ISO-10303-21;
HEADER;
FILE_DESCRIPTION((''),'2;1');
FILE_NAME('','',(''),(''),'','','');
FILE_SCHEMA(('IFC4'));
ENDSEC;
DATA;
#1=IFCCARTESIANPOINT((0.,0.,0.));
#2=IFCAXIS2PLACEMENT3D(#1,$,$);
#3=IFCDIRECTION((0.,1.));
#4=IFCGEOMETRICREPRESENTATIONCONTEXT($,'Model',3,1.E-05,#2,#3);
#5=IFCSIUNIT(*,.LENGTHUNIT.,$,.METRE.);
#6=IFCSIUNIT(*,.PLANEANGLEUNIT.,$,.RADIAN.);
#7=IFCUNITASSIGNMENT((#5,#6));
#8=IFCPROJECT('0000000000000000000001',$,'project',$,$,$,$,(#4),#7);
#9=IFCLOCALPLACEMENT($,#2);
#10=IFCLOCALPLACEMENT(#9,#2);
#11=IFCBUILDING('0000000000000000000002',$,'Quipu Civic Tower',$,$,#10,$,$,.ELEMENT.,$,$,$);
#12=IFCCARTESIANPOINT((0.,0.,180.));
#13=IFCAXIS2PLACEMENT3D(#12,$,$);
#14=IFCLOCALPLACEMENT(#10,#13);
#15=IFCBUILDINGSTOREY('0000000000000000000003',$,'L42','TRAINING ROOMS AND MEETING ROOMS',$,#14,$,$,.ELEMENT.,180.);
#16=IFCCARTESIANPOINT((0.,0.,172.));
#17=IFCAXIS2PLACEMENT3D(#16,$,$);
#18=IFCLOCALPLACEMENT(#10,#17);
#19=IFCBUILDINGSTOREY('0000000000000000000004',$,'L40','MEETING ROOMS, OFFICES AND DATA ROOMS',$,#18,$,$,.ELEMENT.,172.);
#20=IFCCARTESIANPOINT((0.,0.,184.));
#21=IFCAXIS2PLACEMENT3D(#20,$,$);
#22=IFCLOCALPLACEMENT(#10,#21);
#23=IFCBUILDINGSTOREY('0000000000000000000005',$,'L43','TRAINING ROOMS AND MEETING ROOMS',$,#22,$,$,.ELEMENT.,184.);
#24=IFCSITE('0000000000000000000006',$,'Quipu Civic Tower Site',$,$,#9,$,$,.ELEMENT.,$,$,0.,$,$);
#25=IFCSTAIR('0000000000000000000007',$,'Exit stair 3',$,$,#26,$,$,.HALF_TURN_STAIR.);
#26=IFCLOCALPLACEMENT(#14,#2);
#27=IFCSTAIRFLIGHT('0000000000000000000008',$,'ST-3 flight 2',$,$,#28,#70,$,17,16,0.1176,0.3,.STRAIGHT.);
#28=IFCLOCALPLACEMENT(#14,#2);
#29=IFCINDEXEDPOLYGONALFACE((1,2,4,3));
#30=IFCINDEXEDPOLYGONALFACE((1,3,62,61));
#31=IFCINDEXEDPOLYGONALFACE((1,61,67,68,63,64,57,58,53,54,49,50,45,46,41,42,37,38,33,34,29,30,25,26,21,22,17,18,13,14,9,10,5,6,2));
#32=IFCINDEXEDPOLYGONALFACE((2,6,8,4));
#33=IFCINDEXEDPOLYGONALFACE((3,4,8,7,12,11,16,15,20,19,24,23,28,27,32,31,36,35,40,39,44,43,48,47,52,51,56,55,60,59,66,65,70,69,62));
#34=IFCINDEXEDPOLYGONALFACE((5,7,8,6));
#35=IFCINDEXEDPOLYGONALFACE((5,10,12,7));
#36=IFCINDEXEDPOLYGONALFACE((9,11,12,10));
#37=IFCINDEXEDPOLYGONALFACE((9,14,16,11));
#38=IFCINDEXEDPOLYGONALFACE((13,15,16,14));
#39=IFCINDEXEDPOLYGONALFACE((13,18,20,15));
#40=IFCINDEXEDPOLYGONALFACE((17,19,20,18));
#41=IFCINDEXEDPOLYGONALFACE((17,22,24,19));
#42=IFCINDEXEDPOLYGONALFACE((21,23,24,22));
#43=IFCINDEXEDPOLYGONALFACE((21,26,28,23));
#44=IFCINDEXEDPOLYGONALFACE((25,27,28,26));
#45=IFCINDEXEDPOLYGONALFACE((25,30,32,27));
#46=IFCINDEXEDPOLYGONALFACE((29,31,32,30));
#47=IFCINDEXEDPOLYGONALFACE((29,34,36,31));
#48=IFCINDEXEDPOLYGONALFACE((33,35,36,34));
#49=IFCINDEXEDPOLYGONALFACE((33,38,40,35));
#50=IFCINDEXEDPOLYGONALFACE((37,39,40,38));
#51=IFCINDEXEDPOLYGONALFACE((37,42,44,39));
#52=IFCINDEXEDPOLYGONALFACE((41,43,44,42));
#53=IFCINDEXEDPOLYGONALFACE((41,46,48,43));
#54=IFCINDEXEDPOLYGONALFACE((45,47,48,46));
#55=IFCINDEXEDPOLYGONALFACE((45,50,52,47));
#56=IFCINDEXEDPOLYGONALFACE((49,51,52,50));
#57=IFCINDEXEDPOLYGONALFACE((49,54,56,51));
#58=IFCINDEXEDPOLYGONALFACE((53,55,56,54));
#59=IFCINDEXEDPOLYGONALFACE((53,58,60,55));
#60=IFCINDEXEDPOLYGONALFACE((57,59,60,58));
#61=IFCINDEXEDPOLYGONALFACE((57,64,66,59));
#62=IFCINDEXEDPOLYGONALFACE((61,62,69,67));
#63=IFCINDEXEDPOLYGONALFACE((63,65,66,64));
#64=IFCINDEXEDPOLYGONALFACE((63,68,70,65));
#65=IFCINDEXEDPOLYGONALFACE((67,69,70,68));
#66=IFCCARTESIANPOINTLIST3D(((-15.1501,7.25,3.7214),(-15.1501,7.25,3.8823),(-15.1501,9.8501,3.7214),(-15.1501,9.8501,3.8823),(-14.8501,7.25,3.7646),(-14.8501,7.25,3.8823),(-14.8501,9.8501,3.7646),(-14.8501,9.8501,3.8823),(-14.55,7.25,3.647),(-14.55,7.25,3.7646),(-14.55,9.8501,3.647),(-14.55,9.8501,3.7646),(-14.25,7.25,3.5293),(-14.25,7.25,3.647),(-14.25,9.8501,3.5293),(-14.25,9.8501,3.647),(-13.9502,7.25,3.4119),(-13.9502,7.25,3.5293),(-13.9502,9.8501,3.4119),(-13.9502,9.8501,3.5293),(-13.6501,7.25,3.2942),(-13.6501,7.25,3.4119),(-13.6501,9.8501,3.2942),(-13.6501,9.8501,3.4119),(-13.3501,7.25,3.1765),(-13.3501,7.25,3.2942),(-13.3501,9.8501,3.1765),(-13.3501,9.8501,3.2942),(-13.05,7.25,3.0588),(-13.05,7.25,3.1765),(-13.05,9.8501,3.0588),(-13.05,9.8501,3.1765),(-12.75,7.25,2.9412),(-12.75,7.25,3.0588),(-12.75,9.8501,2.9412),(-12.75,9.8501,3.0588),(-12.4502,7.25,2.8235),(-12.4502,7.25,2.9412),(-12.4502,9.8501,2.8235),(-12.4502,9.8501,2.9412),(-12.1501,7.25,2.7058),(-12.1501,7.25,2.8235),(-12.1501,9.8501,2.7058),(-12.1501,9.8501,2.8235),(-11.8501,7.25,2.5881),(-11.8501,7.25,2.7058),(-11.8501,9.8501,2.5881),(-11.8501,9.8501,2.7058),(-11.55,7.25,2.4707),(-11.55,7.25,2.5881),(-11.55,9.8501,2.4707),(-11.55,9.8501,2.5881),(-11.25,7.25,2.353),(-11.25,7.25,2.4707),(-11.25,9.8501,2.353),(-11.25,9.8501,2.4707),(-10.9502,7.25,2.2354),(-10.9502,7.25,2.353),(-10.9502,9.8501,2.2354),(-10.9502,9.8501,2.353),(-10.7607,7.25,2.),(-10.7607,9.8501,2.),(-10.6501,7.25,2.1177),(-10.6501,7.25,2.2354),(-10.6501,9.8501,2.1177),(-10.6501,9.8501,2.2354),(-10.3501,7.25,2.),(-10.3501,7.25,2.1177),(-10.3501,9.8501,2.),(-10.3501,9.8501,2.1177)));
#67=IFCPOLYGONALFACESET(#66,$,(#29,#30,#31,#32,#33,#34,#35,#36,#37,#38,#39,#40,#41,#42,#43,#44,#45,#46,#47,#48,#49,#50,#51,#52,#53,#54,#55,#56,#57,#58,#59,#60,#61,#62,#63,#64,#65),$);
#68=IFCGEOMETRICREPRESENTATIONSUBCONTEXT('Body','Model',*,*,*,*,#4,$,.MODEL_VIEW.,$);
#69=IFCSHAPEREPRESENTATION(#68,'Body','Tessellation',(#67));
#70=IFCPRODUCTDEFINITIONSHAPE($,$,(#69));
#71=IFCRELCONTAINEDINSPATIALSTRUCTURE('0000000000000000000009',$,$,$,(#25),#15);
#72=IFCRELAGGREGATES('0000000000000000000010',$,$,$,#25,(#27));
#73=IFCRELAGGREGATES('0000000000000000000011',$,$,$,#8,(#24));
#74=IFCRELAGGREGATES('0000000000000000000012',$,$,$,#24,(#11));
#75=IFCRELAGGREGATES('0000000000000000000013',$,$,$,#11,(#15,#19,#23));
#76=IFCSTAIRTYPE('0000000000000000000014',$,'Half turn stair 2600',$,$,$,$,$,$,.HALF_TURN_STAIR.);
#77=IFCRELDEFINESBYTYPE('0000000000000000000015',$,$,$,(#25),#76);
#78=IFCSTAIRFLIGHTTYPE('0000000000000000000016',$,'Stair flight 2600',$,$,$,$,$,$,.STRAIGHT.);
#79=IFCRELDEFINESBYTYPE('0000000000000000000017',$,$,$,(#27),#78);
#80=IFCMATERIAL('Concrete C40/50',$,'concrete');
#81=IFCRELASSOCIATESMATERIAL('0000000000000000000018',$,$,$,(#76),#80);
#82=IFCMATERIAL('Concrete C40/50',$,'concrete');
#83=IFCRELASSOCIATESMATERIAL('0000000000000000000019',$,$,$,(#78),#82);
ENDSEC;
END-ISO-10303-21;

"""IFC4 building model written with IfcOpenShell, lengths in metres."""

from ifc_helpers import new_model, si_unit, direction, frame, origin, place, context, subcontext, project, spatial, polyline, outline, extrude, material, type_object, element, aggregate, save


model = new_model("IFC4")

# Units and contexts
model_context = context("Model", 3, precision=1e-05, world=origin(), true_north=direction((0.0, 1.0)))
body_context = subcontext(model_context, "Body", "Model", "MODEL_VIEW")
ifc_project = project(units=[si_unit("LENGTHUNIT", "METRE"), si_unit("PLANEANGLEUNIT", "RADIAN")], contexts=[model_context])

# Site, building, storey
site_placement = place(None, origin())
site = spatial("IfcSite", under=ifc_project, at=site_placement, Name="Quipu Civic Tower Site", CompositionType="ELEMENT", RefElevation=0.0)
building_placement = place(site_placement, origin())
building = spatial("IfcBuilding", under=site, at=building_placement, Name="Quipu Civic Tower", CompositionType="ELEMENT")
storey_1_placement = place(building_placement, frame((0.0, 0.0, 180.0)))
storey_1 = spatial("IfcBuildingStorey", under=building, at=storey_1_placement, Name="L42", Description="TRAINING ROOMS AND MEETING ROOMS", CompositionType="ELEMENT", Elevation=180.0)

# Shared definitions
storey_2_placement = place(building_placement, frame((0.0, 0.0, 172.0)))
storey_2 = spatial("IfcBuildingStorey", under=building, at=storey_2_placement, Name="L40", Description="MEETING ROOMS, OFFICES AND DATA ROOMS", CompositionType="ELEMENT", Elevation=172.0)

# Shared definitions
storey_3_placement = place(building_placement, frame((0.0, 0.0, 184.0)))
storey_3 = spatial("IfcBuildingStorey", under=building, at=storey_3_placement, Name="L43", Description="TRAINING ROOMS AND MEETING ROOMS", CompositionType="ELEMENT", Elevation=184.0)

# Stair, stair flight
ifc_material_1 = material(Name="Concrete C40/50", Category="concrete")
stair_type = type_object("IfcStairType", Name="Half turn stair 2600", PredefinedType="HALF_TURN_STAIR", material=ifc_material_1)
stair_placement = place(storey_1_placement, origin())
stair = element("IfcStair", 1, at=stair_placement, inside=storey_1, type_object=stair_type, Name="Exit stair 3", PredefinedType="HALF_TURN_STAIR")
ifc_material_2 = material(Name="Concrete C40/50", Category="concrete")
stair_flight_type = type_object("IfcStairFlightType", Name="Stair flight 2600", PredefinedType="STRAIGHT", material=ifc_material_2)
stair_flight_placement = place(storey_1_placement, frame((-10.3501, 8.55, 2.0), z_axis=(0.0, 0.0, 1.0), x_axis=(-1.0, 0.0, 0.0)))
stair_flight = element("IfcStairFlight", 2, at=stair_flight_placement, type_object=stair_flight_type, Name="ST-3 flight 2", NumberOfRisers=17, NumberOfTreads=16, PredefinedType="STRAIGHT", RiserHeight=0.1176, TreadLength=0.3, context=body_context, shape_type="SweptSolid", body=[
    extrude(outline(polyline([(0.0, 0.0), (0.0, 0.1177), (0.3, 0.1177), (0.3, 0.2354), (0.6001, 0.2354), (0.6001, 0.353), (0.8999, 0.353), (0.8999, 0.4707), (1.2, 0.4707), (1.2, 0.5881), (1.5, 0.5881), (1.5, 0.7058), (1.8, 0.7058), (1.8, 0.8235), (2.1001, 0.8235), (2.1001, 0.9412), (2.3999, 0.9412), (2.3999, 1.0588), (2.7, 1.0588), (2.7, 1.1765), (3.0, 1.1765), (3.0, 1.2942), (3.3, 1.2942), (3.3, 1.4119), (3.6001, 1.4119), (3.6001, 1.5293), (3.8999, 1.5293), (3.8999, 1.647), (4.2, 1.647), (4.2, 1.7646), (4.5, 1.7646), (4.5, 1.8823), (4.8, 1.8823), (4.8, 2.0), (4.8, 1.7214), (0.4106, 0.0), (0.0, 0.0)])), frame((0.0, 1.3, 0.0), z_axis=(0.0, -1.0, 0.0), x_axis=(1.0, 0.0, 0.0)), (0.0, 0.0, 1.0), 2.6001),
])
aggregate(stair, [stair_flight])

save(model, "model.ifc")
